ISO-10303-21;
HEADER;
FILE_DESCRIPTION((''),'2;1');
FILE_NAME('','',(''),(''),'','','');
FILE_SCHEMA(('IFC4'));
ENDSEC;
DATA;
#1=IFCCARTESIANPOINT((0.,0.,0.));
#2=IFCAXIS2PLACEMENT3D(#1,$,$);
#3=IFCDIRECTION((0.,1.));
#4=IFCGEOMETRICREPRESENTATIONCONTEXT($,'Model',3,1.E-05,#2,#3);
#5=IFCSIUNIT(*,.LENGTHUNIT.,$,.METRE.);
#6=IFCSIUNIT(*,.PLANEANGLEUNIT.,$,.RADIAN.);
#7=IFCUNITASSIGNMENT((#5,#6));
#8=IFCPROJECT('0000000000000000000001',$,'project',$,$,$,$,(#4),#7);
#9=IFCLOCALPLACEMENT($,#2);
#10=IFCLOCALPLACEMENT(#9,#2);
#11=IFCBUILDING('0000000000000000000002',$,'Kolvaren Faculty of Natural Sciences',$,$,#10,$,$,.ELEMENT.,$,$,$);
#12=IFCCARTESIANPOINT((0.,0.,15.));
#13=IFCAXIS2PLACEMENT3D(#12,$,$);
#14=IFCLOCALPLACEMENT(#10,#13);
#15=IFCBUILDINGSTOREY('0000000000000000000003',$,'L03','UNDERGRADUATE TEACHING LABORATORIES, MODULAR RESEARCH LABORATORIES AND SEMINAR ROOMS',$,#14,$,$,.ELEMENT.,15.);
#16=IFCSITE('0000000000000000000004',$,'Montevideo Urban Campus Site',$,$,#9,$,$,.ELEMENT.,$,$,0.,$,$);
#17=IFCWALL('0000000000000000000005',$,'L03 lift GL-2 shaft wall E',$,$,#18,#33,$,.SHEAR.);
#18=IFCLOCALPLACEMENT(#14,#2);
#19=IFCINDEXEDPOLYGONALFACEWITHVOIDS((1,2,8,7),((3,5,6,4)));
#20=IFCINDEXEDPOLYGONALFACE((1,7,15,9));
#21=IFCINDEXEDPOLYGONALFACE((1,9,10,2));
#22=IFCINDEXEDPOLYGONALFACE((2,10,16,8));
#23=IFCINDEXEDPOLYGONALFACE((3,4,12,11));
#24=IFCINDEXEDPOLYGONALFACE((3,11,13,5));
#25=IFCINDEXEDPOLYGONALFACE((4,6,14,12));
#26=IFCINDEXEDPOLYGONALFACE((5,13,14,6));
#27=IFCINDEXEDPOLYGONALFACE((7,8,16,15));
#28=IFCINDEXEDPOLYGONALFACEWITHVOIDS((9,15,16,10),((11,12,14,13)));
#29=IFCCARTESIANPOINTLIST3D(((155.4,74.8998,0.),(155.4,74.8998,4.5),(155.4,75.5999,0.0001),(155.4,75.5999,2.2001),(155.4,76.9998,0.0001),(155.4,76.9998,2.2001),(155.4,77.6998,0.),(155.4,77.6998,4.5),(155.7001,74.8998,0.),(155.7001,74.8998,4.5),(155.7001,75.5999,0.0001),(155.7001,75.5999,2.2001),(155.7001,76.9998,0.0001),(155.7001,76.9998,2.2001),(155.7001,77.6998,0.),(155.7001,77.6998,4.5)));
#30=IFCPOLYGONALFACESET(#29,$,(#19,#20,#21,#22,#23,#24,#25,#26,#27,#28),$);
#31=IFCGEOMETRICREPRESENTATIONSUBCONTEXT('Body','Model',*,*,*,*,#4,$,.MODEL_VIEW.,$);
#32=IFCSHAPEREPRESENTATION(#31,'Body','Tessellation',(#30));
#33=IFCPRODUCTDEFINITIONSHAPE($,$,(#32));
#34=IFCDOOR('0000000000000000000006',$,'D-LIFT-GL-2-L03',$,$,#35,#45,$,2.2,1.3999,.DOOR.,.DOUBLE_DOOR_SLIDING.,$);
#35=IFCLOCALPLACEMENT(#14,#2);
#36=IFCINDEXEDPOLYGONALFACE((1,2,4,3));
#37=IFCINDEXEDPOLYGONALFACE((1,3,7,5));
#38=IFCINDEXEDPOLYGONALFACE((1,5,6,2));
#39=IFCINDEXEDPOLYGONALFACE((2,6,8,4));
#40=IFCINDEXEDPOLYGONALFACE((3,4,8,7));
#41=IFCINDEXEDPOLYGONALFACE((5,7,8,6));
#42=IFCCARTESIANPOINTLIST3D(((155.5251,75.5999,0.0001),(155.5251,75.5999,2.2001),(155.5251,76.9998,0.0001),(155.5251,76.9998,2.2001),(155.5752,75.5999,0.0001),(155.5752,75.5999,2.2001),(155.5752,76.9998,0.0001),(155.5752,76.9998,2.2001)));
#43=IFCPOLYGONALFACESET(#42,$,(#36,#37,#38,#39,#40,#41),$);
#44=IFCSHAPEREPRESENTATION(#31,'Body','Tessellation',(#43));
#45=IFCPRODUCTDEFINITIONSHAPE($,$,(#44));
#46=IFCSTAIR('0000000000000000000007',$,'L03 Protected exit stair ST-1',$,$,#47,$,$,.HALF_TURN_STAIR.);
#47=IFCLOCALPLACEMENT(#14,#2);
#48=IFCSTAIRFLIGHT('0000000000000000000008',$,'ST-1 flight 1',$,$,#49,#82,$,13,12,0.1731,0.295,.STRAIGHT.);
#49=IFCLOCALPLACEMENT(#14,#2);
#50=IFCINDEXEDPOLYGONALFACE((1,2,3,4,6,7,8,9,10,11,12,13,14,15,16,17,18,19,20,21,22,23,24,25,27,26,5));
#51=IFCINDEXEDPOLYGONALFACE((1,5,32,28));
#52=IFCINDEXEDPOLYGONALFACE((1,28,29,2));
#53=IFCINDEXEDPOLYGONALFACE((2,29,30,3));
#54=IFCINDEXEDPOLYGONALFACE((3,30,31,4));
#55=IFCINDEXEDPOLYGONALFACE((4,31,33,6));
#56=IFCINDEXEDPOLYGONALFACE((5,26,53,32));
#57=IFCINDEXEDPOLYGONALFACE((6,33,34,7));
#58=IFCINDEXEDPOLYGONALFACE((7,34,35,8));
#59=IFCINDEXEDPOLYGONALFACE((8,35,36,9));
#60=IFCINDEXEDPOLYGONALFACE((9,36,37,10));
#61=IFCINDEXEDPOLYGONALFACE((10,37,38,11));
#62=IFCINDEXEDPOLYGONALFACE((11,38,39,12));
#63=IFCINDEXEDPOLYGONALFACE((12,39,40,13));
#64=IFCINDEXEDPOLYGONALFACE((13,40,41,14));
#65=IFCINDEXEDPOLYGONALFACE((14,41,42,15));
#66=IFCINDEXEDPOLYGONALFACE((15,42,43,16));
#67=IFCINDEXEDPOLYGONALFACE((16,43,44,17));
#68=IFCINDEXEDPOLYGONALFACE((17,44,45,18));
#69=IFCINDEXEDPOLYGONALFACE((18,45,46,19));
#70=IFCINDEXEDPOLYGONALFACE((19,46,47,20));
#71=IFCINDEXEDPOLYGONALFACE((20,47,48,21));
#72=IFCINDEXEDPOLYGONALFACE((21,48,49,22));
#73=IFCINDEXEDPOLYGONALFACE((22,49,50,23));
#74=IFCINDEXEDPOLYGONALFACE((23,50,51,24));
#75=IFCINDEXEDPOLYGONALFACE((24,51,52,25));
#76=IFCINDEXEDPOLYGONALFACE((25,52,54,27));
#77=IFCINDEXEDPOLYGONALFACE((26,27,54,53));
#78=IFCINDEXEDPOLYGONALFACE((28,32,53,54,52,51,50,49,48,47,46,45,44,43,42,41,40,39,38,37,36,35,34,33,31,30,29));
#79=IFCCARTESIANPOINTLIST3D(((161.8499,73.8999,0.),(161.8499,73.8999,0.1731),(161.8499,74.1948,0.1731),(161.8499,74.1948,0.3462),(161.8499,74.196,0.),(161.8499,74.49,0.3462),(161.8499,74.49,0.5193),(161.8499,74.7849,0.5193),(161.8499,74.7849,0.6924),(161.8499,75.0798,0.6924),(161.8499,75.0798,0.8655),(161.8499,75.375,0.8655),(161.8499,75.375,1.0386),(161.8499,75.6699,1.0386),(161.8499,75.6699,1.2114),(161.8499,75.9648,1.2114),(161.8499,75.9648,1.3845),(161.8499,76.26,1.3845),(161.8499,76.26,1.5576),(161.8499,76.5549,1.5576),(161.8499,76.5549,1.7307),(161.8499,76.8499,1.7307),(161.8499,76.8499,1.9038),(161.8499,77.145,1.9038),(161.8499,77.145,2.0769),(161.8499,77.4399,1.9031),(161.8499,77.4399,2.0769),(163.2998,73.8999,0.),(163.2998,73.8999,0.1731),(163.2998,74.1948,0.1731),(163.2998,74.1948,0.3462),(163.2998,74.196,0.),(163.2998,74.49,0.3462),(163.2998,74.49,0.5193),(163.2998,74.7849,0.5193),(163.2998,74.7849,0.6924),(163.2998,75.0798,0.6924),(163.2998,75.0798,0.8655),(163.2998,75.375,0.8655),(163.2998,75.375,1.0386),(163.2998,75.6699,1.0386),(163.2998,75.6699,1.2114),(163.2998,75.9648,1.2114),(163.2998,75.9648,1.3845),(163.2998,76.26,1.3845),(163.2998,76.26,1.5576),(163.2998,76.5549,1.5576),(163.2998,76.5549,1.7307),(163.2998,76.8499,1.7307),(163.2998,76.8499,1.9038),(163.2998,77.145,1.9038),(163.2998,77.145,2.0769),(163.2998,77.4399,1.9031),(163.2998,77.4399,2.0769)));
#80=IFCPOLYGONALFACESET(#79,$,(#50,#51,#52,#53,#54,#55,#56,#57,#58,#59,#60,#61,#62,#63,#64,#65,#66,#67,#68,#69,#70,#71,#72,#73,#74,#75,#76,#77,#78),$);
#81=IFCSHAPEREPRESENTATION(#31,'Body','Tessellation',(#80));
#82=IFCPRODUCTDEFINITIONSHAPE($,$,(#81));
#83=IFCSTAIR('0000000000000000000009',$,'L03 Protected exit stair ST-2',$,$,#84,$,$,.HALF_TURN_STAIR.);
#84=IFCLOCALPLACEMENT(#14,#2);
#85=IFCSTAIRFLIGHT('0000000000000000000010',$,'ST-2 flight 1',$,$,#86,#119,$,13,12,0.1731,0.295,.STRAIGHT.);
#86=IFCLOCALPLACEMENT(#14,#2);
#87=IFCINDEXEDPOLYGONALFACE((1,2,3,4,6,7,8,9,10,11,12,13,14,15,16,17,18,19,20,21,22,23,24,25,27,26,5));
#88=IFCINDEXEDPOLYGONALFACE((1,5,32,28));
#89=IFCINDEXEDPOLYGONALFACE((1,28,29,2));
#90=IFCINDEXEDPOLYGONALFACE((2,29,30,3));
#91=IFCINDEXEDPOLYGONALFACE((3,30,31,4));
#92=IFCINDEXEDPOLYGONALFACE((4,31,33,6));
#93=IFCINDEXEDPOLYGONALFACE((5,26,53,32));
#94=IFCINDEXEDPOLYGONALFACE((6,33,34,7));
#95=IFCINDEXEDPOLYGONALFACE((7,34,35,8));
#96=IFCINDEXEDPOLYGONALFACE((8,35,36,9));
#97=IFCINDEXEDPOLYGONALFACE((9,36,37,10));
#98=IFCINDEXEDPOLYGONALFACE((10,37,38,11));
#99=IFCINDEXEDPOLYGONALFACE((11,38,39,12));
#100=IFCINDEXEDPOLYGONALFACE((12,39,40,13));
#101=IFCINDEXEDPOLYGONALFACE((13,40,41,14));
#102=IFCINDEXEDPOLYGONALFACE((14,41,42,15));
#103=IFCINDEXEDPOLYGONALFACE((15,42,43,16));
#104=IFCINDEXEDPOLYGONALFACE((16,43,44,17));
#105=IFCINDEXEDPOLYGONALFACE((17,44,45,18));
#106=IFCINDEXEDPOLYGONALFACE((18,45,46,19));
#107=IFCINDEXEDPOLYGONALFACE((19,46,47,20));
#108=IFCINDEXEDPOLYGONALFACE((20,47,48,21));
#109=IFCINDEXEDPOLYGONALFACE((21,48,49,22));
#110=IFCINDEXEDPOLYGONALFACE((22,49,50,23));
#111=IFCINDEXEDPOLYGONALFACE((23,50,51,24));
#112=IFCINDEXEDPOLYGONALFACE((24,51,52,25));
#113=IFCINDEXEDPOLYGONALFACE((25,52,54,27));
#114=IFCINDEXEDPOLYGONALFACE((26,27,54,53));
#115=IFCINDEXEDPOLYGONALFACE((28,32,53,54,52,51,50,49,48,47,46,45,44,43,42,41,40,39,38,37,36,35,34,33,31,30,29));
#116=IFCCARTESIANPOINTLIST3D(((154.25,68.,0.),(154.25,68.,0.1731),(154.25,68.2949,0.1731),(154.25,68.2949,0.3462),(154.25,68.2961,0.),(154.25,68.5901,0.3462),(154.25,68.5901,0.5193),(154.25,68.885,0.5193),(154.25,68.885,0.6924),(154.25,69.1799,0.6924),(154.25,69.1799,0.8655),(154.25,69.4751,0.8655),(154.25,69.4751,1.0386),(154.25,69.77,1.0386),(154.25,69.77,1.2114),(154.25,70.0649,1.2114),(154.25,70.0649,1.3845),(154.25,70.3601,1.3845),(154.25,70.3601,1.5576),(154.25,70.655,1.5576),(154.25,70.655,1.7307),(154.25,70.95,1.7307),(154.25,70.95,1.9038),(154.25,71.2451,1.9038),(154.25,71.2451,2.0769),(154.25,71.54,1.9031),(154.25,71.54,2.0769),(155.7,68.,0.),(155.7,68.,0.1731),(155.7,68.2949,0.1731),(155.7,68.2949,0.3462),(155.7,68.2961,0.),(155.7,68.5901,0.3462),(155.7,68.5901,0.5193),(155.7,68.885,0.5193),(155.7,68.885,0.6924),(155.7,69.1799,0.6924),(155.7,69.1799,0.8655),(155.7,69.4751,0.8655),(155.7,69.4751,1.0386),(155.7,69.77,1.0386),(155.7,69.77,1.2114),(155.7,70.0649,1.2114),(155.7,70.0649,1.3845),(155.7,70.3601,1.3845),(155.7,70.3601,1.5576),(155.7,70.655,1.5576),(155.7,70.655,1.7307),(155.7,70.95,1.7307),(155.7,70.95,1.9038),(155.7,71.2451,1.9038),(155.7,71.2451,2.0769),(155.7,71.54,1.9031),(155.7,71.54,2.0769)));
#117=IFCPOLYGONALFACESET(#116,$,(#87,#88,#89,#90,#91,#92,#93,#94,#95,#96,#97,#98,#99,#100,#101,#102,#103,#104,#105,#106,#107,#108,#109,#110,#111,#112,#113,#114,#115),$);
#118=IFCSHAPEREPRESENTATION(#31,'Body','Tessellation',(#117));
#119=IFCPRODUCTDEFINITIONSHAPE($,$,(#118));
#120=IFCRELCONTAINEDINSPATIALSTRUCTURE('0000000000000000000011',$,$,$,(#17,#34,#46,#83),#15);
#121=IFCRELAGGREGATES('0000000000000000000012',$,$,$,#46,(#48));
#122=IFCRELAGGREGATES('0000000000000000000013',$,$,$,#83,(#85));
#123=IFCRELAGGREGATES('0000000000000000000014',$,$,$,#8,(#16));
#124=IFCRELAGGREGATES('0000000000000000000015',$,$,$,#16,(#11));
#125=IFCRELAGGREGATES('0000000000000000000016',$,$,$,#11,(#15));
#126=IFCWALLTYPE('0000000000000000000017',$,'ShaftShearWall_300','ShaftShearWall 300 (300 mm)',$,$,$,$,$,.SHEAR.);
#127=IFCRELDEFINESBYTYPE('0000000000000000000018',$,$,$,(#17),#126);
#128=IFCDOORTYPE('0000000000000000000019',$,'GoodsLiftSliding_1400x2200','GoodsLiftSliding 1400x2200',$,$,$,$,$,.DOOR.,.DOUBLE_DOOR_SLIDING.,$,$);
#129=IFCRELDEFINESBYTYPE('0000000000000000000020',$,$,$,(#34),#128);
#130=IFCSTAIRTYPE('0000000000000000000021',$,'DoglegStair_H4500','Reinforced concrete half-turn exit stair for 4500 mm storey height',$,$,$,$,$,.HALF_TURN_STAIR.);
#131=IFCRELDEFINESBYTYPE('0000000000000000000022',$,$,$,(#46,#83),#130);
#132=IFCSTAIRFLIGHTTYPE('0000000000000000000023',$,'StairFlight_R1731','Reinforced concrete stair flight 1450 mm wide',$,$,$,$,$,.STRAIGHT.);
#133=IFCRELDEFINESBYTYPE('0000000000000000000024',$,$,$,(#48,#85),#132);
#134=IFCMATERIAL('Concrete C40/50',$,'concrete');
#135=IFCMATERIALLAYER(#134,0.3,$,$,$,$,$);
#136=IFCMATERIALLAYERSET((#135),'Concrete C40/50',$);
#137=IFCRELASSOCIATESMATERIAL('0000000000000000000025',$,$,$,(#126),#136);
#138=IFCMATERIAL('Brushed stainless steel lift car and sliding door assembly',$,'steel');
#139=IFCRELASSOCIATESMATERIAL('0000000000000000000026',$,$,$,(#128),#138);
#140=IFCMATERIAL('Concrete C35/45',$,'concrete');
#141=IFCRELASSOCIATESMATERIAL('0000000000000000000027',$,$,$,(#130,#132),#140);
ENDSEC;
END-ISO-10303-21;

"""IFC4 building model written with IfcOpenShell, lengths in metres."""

from ifc_helpers import new_model, si_unit, direction, frame, frame_2d, origin, place, context, subcontext, project, spatial, polyline, rectangle, outline, extrude, material, layer, layer_set, type_object, element, fill, aggregate, save


model = new_model("IFC4")

# Units and contexts
model_context = context("Model", 3, precision=1e-05, world=origin(), true_north=direction((0.0, 1.0)))
body_context = subcontext(model_context, "Body", "Model", "MODEL_VIEW")
ifc_project = project(units=[si_unit("LENGTHUNIT", "METRE"), si_unit("PLANEANGLEUNIT", "RADIAN")], contexts=[model_context])

# Site, building, storey
site_placement = place(None, origin())
site = spatial("IfcSite", under=ifc_project, at=site_placement, Name="Montevideo Urban Campus Site", CompositionType="ELEMENT", RefElevation=0.0)
building_placement = place(site_placement, origin())
building = spatial("IfcBuilding", under=site, at=building_placement, Name="Kolvaren Faculty of Natural Sciences", CompositionType="ELEMENT")
storey_placement = place(building_placement, frame((0.0, 0.0, 15.0)))
storey = spatial("IfcBuildingStorey", under=building, at=storey_placement, Name="L03", Description="UNDERGRADUATE TEACHING LABORATORIES, MODULAR RESEARCH LABORATORIES AND SEMINAR ROOMS", CompositionType="ELEMENT", Elevation=15.0)

# Shared definitions
ifc_material_1 = material(Name="Concrete C40/50", Category="concrete")

# Shared definitions
ifc_material_2 = material(Name="Concrete C35/45", Category="concrete")

# Wall, opening, door
ifc_layer_1 = layer(ifc_material_1, 0.3)
ifc_layer_set_1 = layer_set([ifc_layer_1], Name="Concrete C40/50")
wall_type_1 = type_object("IfcWallType", Name="ShaftShearWall_300", Description="ShaftShearWall 300 (300 mm)", PredefinedType="SHEAR", material=ifc_layer_set_1)
wall_1_placement = place(storey_placement, frame((155.55, 74.8999, 0.0), z_axis=(0.0, 0.0, 1.0), x_axis=(0.0, 1.0, 0.0)))
wall_1 = element("IfcWall", 1, at=wall_1_placement, inside=storey, type_object=wall_type_1, Name="L03 lift GL-2 shaft wall E", PredefinedType="SHEAR", context=body_context, shape_type="SweptSolid", body=[
    extrude(rectangle(XDim=2.8, YDim=0.3, at=frame_2d((1.3999, 0.0))), origin(), (0.0, 0.0, 1.0), 4.5),
])
opening_1_placement = place(wall_1_placement, frame((0.7, 0.0, 0.0)))
opening_1 = element("IfcOpeningElement", 2, at=opening_1_placement, cuts=wall_1, PredefinedType="OPENING", context=body_context, shape_type="SweptSolid", body=[
    extrude(rectangle(XDim=1.3999, YDim=2.2, at=frame_2d((0.7, 1.1001))), frame((0.0, 0.1599, 0.0), z_axis=(0.0, -1.0, 0.0), x_axis=(1.0, 0.0, 0.0)), (0.0, 0.0, 1.0), 0.3201),
])
ifc_material_3 = material(Name="Brushed stainless steel lift car and sliding door assembly", Category="steel")
door_type_1 = type_object("IfcDoorType", Name="GoodsLiftSliding_1400x2200", Description="GoodsLiftSliding 1400x2200", OperationType="DOUBLE_DOOR_SLIDING", PredefinedType="DOOR", material=ifc_material_3)
door_1_placement = place(opening_1_placement, origin())
door_1 = element("IfcDoor", 3, at=door_1_placement, inside=storey, type_object=door_type_1, Name="D-LIFT-GL-2-L03", OperationType="DOUBLE_DOOR_SLIDING", OverallHeight=2.2, OverallWidth=1.3999, PredefinedType="DOOR", context=body_context, shape_type="SweptSolid", body=[
    extrude(rectangle(XDim=1.3999, YDim=2.2, at=frame_2d((0.7, 1.1001))), frame((0.0, 0.0249, 0.0), z_axis=(0.0, -1.0, 0.0), x_axis=(1.0, 0.0, 0.0)), (0.0, 0.0, 1.0), 0.05),
])
fill(opening_1, door_1)

# Stairs, stair flights
stair_type = type_object("IfcStairType", Name="DoglegStair_H4500", Description="Reinforced concrete half-turn exit stair for 4500 mm storey height", PredefinedType="HALF_TURN_STAIR", material=ifc_material_2)
stair_1_placement = place(storey_placement, origin())
stair_1 = element("IfcStair", 4, at=stair_1_placement, inside=storey, type_object=stair_type, Name="L03 Protected exit stair ST-1", PredefinedType="HALF_TURN_STAIR")
stair_flight_type = type_object("IfcStairFlightType", Name="StairFlight_R1731", Description="Reinforced concrete stair flight 1450 mm wide", PredefinedType="STRAIGHT", material=ifc_material_2)
stair_flight_1_placement = place(storey_placement, frame((162.575, 73.8999, 0.0), z_axis=(0.0, 0.0, 1.0), x_axis=(0.0, 1.0, 0.0)))
stair_flight_1 = element("IfcStairFlight", 5, at=stair_flight_1_placement, type_object=stair_flight_type, Name="ST-1 flight 1", NumberOfRisers=13, NumberOfTreads=12, PredefinedType="STRAIGHT", RiserHeight=0.1731, TreadLength=0.295, context=body_context, shape_type="SweptSolid", body=[
    extrude(outline(polyline([(0.0, 0.0), (0.0, 0.1731), (0.2949, 0.1731), (0.2949, 0.3462), (0.5901, 0.3462), (0.5901, 0.5193), (0.885, 0.5193), (0.885, 0.6924), (1.1799, 0.6924), (1.1799, 0.8655), (1.4751, 0.8655), (1.4751, 1.0386), (1.77, 1.0386), (1.77, 1.2114), (2.0649, 1.2114), (2.0649, 1.3845), (2.3601, 1.3845), (2.3601, 1.5576), (2.655, 1.5576), (2.655, 1.7307), (2.95, 1.7307), (2.95, 1.9038), (3.2451, 1.9038), (3.2451, 2.0769), (3.54, 2.0769), (3.54, 2.25), (3.54, 1.9031), (0.2961, 0.0), (0.0, 0.0)])), frame((0.0, 0.7251, 0.0), z_axis=(0.0, -1.0, 0.0), x_axis=(1.0, 0.0, 0.0)), (0.0, 0.0, 1.0), 1.45),
])
aggregate(stair_1, [stair_flight_1])
stair_2_placement = place(storey_placement, origin())
stair_2 = element("IfcStair", 6, at=stair_2_placement, inside=storey, type_object=stair_type, Name="L03 Protected exit stair ST-2", PredefinedType="HALF_TURN_STAIR")
stair_flight_2_placement = place(storey_placement, frame((154.9751, 68.0, 0.0), z_axis=(0.0, 0.0, 1.0), x_axis=(0.0, 1.0, 0.0)))
stair_flight_2 = element("IfcStairFlight", 7, at=stair_flight_2_placement, type_object=stair_flight_type, Name="ST-2 flight 1", NumberOfRisers=13, NumberOfTreads=12, PredefinedType="STRAIGHT", RiserHeight=0.1731, TreadLength=0.295, context=body_context, shape_type="SweptSolid", body=[
    extrude(outline(polyline([(0.0, 0.0), (0.0, 0.1731), (0.2949, 0.1731), (0.2949, 0.3462), (0.5901, 0.3462), (0.5901, 0.5193), (0.885, 0.5193), (0.885, 0.6924), (1.1799, 0.6924), (1.1799, 0.8655), (1.4751, 0.8655), (1.4751, 1.0386), (1.77, 1.0386), (1.77, 1.2114), (2.0649, 1.2114), (2.0649, 1.3845), (2.3601, 1.3845), (2.3601, 1.5576), (2.655, 1.5576), (2.655, 1.7307), (2.95, 1.7307), (2.95, 1.9038), (3.2451, 1.9038), (3.2451, 2.0769), (3.54, 2.0769), (3.54, 2.25), (3.54, 1.9031), (0.2961, 0.0), (0.0, 0.0)])), frame((0.0, 0.7251, 0.0), z_axis=(0.0, -1.0, 0.0), x_axis=(1.0, 0.0, 0.0)), (0.0, 0.0, 1.0), 1.45),
])
aggregate(stair_2, [stair_flight_2])

save(model, "model.ifc")
